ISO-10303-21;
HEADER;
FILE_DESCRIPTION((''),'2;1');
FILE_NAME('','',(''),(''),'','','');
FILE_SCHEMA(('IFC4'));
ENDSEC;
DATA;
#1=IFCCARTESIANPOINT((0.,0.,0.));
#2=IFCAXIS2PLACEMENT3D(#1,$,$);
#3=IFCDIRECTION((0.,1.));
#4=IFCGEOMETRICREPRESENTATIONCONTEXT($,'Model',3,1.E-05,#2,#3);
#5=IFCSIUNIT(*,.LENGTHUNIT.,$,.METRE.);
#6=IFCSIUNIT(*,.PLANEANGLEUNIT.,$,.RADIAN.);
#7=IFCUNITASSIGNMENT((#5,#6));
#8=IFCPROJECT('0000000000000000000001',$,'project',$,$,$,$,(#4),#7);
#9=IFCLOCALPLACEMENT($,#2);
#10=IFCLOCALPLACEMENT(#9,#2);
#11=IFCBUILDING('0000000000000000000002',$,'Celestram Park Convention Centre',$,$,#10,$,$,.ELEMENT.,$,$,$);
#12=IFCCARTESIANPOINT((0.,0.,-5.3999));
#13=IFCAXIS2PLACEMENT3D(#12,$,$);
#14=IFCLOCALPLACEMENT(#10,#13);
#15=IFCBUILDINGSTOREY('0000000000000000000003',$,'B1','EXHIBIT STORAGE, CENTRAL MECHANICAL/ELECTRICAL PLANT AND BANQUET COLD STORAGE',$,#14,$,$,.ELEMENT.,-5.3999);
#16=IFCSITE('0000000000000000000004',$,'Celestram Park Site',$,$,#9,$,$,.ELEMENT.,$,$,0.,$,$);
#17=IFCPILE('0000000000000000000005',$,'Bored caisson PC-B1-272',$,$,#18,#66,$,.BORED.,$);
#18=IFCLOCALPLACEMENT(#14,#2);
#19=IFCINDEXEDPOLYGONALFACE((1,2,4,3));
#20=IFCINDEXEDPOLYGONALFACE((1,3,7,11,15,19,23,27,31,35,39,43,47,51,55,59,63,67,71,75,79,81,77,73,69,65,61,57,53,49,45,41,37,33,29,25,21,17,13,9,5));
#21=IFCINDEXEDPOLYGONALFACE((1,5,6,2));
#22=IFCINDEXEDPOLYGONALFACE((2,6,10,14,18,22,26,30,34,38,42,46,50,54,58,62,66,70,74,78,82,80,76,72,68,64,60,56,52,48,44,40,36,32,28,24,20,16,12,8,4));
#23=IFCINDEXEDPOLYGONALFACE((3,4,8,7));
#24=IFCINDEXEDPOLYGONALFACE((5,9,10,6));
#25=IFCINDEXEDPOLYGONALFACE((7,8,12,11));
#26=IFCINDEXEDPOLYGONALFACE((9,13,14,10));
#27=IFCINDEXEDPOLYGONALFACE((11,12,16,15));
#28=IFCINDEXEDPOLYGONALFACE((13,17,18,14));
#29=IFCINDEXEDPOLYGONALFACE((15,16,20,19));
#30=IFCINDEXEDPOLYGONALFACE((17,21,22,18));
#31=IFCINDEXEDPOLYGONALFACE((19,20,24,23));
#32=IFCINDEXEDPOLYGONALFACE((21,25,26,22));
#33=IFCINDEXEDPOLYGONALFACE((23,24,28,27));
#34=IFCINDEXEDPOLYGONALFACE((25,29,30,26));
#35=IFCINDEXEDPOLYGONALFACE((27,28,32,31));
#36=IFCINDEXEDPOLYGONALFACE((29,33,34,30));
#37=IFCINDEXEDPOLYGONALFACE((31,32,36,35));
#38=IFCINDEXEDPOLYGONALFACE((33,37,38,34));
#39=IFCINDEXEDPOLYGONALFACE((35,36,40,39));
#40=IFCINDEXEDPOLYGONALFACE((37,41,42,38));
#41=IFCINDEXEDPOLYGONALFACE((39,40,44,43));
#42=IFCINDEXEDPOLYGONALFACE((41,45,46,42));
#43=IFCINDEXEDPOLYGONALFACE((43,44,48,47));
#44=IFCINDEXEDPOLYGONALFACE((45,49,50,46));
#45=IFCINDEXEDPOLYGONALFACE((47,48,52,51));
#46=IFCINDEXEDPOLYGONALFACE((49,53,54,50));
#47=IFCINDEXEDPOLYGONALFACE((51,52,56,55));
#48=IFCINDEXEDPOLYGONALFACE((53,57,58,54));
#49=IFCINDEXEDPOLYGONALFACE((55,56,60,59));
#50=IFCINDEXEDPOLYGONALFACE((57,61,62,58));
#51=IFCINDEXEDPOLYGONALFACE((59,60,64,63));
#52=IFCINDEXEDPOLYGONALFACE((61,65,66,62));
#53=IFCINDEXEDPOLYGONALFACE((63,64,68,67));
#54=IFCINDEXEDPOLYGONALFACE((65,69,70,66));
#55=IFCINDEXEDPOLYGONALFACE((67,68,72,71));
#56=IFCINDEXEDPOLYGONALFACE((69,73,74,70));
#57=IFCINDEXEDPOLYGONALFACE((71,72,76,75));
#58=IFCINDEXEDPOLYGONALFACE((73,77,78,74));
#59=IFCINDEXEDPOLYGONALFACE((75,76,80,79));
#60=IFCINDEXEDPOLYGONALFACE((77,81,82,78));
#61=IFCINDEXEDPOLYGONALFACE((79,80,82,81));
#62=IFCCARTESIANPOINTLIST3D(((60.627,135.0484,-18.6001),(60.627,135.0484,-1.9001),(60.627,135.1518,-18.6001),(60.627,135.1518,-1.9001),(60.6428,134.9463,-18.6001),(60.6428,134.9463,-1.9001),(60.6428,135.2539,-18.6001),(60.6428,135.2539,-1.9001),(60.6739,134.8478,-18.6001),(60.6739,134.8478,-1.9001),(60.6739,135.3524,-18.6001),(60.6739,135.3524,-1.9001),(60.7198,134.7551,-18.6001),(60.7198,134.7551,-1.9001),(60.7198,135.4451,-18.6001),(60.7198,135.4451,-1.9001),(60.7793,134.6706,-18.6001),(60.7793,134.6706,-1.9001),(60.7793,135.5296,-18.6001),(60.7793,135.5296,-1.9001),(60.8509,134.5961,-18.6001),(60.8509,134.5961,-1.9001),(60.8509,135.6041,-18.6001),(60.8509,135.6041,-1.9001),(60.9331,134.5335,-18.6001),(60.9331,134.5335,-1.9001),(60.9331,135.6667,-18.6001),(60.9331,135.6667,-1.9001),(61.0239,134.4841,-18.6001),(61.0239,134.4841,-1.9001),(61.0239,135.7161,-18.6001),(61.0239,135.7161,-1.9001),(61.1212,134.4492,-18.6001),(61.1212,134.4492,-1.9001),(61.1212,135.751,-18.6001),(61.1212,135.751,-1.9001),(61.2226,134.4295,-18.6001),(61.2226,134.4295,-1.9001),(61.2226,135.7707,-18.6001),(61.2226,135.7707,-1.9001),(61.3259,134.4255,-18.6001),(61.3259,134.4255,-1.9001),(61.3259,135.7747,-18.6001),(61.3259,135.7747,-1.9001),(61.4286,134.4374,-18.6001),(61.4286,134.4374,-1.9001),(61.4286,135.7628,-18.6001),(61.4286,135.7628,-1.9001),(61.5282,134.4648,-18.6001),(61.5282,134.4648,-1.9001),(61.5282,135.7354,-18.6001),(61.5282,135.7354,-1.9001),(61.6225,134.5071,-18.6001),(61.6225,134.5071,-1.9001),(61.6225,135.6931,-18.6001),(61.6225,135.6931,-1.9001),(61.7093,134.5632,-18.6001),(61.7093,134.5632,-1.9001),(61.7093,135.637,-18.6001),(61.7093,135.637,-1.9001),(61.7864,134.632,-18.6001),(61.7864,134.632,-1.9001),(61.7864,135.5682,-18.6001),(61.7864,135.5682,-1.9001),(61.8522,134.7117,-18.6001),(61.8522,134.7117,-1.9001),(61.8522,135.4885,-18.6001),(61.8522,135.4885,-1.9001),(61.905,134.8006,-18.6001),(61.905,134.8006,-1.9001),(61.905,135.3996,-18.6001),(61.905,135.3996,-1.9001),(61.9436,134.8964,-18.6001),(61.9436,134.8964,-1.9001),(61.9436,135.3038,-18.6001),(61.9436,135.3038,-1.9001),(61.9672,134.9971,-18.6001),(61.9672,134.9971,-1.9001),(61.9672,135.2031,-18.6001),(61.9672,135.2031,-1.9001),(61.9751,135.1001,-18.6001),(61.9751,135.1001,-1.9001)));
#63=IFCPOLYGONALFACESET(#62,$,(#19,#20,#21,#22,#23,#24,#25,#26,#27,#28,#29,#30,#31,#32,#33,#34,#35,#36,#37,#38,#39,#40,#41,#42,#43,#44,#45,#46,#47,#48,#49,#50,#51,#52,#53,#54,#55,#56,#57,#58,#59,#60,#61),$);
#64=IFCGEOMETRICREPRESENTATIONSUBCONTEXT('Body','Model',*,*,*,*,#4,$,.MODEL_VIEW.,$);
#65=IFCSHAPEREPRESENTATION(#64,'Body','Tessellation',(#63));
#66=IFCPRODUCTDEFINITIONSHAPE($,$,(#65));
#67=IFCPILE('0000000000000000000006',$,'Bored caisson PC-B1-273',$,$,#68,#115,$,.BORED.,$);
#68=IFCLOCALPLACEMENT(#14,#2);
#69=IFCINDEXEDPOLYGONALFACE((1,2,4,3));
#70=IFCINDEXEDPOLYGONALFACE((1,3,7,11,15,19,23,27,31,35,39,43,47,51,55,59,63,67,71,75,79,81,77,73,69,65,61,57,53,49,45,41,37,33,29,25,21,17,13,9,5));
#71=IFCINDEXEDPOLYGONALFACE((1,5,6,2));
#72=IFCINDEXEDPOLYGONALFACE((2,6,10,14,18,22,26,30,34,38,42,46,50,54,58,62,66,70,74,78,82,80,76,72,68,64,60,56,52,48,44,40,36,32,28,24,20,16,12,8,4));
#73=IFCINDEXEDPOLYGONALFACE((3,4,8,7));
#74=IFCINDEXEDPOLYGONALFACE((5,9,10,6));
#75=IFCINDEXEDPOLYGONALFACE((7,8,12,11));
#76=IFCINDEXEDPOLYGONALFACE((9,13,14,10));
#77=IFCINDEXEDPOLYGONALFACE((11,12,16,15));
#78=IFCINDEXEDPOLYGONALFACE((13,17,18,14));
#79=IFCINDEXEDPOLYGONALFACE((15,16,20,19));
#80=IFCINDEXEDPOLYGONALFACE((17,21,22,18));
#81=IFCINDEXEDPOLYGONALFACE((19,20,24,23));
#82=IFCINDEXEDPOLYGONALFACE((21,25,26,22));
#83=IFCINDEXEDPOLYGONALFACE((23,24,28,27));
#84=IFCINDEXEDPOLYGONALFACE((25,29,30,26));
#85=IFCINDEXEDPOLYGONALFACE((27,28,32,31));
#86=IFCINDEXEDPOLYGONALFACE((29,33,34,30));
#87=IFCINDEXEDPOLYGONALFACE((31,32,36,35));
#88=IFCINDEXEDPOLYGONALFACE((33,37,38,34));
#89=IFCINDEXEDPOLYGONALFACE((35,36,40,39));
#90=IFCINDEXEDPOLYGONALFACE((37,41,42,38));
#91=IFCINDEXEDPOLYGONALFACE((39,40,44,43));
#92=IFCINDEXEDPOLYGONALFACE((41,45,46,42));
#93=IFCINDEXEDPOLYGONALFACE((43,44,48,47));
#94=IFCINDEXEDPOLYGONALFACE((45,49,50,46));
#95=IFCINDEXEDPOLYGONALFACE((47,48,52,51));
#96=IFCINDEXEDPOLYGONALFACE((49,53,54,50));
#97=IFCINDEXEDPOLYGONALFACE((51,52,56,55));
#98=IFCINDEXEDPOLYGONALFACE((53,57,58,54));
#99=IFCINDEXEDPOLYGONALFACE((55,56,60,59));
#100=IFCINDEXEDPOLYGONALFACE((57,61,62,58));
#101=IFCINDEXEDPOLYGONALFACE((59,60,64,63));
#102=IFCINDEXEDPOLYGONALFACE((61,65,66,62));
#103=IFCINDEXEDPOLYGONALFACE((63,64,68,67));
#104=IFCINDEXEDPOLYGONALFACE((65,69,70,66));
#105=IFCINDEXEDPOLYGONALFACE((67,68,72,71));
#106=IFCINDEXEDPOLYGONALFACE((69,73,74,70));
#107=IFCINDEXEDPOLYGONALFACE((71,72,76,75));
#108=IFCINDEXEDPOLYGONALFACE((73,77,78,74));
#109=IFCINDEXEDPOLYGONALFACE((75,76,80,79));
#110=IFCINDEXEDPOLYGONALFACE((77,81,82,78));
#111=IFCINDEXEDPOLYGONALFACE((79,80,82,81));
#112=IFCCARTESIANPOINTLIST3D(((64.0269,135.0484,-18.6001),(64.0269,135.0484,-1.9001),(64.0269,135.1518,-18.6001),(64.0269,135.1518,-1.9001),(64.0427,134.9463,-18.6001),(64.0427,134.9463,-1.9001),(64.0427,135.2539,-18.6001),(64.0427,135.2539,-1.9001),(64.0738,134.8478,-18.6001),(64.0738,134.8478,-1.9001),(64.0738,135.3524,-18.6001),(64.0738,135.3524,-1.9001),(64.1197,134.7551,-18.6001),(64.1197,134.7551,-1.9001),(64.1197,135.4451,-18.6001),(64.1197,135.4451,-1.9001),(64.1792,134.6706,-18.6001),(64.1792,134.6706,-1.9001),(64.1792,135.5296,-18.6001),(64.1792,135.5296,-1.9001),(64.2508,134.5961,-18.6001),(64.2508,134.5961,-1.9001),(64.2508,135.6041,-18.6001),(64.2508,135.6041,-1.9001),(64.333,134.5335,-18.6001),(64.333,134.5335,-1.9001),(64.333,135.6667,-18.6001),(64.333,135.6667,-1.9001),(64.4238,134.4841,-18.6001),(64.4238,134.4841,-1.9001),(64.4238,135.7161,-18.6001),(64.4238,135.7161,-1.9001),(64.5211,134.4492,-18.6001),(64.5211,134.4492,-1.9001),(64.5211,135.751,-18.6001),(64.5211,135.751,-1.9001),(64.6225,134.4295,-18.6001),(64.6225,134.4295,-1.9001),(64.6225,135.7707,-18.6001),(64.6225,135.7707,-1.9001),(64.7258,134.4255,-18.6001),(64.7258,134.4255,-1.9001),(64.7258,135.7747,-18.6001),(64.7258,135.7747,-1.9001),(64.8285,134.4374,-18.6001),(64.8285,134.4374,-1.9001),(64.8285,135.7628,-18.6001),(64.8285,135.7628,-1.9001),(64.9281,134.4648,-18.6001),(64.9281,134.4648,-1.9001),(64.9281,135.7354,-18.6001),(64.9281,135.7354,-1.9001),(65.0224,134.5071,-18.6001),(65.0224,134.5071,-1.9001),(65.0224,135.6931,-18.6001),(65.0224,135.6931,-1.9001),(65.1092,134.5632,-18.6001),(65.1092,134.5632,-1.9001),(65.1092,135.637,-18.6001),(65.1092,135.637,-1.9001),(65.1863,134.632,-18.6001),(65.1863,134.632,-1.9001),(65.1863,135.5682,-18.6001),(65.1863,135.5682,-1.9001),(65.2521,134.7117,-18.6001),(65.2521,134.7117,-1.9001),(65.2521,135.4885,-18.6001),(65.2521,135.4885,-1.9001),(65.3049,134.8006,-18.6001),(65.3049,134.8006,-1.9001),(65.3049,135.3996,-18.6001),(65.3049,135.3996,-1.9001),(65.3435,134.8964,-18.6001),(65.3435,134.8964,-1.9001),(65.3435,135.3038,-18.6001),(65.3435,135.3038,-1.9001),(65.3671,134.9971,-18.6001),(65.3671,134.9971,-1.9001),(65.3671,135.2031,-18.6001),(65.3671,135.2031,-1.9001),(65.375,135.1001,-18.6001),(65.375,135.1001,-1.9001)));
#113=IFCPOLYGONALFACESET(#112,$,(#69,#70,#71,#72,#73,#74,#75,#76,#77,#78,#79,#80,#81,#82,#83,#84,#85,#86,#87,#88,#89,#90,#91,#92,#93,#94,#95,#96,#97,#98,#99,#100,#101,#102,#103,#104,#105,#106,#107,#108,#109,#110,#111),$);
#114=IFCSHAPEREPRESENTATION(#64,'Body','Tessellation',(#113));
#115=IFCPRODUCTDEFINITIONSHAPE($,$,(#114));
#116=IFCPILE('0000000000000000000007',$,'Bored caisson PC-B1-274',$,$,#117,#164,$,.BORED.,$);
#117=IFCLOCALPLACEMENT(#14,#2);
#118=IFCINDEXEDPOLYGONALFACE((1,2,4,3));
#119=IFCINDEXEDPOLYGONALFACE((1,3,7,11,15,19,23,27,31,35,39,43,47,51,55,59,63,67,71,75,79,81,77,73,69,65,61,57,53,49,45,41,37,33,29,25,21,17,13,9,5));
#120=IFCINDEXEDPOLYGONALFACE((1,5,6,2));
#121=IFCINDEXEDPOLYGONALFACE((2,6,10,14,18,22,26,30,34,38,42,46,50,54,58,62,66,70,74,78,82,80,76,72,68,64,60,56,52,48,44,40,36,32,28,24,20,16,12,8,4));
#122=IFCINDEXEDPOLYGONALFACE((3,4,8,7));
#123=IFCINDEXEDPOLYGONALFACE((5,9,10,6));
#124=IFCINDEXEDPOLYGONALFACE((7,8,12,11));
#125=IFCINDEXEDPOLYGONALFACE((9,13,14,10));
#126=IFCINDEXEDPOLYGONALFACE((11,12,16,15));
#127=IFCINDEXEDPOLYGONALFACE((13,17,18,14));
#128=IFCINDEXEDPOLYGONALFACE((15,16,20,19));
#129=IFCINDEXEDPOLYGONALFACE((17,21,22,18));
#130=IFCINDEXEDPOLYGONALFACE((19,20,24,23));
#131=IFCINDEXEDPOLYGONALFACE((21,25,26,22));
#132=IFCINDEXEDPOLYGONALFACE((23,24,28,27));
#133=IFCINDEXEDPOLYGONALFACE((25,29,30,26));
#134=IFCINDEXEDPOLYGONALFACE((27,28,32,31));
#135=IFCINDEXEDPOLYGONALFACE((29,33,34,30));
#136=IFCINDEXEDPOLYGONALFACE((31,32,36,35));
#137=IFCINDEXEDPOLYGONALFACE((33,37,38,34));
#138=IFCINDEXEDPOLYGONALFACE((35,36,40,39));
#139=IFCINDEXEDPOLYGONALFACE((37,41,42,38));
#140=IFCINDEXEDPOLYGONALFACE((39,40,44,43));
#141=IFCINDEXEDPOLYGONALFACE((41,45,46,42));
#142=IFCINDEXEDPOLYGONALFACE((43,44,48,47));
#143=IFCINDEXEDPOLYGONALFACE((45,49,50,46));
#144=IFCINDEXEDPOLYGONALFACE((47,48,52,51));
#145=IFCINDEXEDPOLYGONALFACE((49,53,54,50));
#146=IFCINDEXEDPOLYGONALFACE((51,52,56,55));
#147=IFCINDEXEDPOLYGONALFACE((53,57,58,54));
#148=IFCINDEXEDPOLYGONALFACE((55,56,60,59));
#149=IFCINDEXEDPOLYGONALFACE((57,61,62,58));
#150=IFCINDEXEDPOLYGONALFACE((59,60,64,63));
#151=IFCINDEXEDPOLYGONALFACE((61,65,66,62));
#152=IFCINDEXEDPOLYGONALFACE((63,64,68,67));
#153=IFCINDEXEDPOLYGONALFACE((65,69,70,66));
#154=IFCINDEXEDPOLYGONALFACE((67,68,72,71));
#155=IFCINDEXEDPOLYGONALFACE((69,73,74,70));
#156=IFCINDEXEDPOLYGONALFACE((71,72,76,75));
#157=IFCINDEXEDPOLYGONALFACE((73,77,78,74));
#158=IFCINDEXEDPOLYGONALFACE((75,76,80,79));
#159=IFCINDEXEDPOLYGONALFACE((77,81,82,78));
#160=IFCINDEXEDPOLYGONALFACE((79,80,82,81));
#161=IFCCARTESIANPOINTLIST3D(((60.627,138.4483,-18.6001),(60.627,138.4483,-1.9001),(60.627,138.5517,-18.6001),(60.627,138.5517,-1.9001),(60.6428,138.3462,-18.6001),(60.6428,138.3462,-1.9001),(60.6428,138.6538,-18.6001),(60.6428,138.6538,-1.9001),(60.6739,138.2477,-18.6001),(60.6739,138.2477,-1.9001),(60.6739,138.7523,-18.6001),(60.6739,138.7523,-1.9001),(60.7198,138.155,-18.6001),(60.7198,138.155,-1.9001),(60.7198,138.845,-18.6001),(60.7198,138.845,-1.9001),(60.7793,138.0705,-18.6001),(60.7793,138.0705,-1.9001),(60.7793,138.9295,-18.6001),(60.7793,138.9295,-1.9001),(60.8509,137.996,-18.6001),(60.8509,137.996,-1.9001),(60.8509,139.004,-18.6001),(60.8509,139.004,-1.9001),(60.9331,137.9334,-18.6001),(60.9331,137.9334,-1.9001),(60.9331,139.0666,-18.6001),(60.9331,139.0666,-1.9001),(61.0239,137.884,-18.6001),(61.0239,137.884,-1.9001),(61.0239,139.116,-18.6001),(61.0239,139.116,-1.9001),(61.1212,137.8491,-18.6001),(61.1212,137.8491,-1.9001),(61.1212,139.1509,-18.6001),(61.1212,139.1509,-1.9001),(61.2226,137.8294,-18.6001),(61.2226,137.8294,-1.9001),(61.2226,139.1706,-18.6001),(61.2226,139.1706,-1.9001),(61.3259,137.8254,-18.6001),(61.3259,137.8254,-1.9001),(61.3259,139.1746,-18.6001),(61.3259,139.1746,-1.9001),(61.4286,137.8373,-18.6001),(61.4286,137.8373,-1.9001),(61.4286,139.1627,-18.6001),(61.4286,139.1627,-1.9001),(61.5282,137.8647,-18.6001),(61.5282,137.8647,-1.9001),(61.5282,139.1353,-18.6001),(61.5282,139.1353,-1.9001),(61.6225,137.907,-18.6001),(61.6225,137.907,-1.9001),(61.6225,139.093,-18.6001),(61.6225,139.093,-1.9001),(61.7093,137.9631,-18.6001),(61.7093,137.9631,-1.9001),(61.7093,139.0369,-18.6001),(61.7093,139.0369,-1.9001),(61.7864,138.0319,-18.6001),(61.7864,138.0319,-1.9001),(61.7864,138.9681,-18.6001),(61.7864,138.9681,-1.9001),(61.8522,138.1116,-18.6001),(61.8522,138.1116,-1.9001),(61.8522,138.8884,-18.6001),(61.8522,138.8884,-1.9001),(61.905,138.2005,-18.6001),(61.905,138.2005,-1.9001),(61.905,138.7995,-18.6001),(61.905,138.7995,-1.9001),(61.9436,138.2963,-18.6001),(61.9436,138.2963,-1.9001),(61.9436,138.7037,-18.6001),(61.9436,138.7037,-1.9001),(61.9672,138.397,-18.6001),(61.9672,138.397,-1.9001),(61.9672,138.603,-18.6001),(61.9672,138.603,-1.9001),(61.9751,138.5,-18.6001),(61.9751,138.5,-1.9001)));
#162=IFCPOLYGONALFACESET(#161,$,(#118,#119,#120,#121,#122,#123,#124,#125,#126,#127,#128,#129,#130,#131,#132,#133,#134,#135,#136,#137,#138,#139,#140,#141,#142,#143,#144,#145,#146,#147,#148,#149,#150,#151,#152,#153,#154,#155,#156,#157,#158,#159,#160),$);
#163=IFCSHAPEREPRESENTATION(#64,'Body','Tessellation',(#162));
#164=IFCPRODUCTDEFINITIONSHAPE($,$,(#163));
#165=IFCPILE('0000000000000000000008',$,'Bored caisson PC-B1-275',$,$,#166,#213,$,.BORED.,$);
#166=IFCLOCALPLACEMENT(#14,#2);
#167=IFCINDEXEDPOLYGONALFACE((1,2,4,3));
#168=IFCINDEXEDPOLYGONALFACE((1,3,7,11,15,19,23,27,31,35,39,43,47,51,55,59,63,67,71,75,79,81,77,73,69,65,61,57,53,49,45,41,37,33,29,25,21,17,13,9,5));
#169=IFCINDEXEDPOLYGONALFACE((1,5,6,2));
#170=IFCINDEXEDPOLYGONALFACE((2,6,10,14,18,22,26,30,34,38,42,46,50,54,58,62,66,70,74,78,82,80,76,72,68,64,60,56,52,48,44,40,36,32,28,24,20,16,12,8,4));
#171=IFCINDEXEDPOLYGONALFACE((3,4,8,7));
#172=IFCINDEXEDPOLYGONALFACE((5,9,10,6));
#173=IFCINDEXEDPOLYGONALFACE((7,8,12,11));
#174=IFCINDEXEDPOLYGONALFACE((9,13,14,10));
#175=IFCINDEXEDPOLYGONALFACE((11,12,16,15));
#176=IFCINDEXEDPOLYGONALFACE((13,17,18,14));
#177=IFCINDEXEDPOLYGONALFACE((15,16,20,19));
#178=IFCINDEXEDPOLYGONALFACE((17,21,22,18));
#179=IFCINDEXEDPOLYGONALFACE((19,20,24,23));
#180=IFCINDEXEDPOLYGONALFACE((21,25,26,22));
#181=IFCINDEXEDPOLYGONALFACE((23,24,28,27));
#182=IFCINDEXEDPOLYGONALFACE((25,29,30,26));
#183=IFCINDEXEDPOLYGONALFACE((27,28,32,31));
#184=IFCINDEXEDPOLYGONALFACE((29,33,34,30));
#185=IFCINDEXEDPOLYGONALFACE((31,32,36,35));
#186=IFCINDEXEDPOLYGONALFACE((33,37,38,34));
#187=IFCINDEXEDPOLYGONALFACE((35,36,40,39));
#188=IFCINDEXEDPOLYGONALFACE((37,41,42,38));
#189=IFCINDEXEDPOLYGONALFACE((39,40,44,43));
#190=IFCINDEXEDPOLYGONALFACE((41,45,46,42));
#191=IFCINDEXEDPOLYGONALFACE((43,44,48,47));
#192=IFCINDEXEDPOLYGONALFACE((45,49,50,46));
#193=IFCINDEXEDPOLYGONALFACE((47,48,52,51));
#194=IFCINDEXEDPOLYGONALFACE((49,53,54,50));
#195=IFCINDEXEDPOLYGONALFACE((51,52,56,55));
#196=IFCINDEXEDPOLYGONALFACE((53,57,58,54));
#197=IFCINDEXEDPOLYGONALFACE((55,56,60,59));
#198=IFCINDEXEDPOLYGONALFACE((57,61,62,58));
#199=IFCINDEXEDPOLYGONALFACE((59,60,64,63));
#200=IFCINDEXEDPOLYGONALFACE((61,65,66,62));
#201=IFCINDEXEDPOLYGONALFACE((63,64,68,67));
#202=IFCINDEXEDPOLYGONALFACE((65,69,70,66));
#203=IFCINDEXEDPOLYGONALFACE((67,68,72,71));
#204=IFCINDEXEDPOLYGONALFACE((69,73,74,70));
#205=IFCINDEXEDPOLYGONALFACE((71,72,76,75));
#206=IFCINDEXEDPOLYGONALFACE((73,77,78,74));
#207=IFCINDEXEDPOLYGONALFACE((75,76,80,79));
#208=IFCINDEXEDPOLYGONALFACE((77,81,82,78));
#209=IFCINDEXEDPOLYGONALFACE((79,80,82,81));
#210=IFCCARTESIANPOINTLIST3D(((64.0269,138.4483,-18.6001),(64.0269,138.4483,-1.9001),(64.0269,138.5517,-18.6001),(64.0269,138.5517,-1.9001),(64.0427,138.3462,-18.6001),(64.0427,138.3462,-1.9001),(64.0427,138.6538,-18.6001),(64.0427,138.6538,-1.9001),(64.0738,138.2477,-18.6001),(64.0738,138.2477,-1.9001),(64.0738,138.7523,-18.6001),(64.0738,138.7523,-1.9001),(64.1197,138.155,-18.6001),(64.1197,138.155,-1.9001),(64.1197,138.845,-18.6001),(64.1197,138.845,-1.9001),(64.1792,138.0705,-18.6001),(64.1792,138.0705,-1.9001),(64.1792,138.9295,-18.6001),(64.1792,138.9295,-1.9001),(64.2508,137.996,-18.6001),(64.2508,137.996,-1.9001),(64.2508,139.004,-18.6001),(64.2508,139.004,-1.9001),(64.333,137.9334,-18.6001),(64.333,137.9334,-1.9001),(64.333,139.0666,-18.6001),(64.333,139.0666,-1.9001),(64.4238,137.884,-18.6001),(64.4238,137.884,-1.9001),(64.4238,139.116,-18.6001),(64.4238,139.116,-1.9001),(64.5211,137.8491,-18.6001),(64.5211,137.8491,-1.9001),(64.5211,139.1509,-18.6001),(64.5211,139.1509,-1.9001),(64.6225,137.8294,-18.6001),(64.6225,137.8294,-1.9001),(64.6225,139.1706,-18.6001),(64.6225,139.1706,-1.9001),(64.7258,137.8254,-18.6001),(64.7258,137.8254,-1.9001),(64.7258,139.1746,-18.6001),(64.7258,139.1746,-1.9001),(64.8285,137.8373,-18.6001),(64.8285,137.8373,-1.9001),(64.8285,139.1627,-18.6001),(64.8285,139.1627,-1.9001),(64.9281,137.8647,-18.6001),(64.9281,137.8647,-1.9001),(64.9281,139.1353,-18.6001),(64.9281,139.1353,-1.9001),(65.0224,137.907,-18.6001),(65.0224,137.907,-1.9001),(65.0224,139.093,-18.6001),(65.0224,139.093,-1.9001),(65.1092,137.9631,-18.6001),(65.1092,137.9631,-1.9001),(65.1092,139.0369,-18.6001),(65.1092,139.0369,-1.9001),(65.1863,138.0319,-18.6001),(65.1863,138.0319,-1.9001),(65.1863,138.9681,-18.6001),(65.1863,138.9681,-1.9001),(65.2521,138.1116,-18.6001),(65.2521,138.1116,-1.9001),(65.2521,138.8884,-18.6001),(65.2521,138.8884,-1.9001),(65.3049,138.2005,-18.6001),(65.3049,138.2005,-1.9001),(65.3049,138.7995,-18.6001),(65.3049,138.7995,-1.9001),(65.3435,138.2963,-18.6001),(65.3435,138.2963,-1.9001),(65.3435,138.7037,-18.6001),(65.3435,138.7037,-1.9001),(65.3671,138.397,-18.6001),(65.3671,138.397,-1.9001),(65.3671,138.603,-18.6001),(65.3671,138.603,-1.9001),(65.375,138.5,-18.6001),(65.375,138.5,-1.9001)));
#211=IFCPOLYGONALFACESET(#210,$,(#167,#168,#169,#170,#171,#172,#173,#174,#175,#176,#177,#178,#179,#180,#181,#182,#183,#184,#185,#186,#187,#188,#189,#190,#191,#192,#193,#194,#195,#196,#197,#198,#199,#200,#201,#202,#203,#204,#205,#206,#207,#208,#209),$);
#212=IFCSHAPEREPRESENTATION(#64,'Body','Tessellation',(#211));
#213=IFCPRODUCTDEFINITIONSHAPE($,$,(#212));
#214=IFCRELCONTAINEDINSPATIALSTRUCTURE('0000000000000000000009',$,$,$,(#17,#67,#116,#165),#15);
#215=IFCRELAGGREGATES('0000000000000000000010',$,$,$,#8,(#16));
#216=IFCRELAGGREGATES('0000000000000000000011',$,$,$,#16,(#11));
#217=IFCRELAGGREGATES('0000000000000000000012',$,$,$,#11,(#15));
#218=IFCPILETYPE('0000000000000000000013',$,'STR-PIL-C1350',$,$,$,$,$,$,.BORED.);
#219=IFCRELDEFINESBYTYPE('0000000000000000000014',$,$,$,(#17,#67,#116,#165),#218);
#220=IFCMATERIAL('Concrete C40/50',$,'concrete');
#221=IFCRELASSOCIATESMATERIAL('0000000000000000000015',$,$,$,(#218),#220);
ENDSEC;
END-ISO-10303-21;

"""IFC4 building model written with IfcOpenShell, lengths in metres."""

from ifc_helpers import new_model, si_unit, direction, frame, origin, origin_2d, place, context, subcontext, project, spatial, circle, extrude, material, material_profile, profile_set, type_object, element, save


model = new_model("IFC4")

# Units and contexts
model_context = context("Model", 3, precision=1e-05, world=origin(), true_north=direction((0.0, 1.0)))
body_context = subcontext(model_context, "Body", "Model", "MODEL_VIEW")
ifc_project = project(units=[si_unit("LENGTHUNIT", "METRE"), si_unit("PLANEANGLEUNIT", "RADIAN")], contexts=[model_context])

# Site, building, storey
site_placement = place(None, origin())
site = spatial("IfcSite", under=ifc_project, at=site_placement, Name="Celestram Park Site", CompositionType="ELEMENT", RefElevation=0.0)
building_placement = place(site_placement, origin())
building = spatial("IfcBuilding", under=site, at=building_placement, Name="Celestram Park Convention Centre", CompositionType="ELEMENT")
storey_placement = place(building_placement, frame((0.0, 0.0, -5.3999)))
storey = spatial("IfcBuildingStorey", under=building, at=storey_placement, Name="B1", Description="EXHIBIT STORAGE, CENTRAL MECHANICAL/ELECTRICAL PLANT AND BANQUET COLD STORAGE", CompositionType="ELEMENT", Elevation=-5.3999)

# Shared definitions
ifc_material_1 = material(Name="Concrete C40/50", Category="concrete")

# Piles
ifc_material_profile_1 = material_profile(ifc_material_1, circle(Radius=0.675, at=origin_2d()), Name="CAISSON1350")
ifc_profile_set_1 = profile_set([ifc_material_profile_1], Name="Concrete C40/50")
pile_type = type_object("IfcPileType", Name="STR-PIL-C1350", PredefinedType="BORED", material=ifc_profile_set_1)
for number, where, z_axis, x_axis, name in (
    (1, (61.3, 135.1001, -1.9001), (0.0, 0.0, -1.0), (1.0, 0.0, 0.0), "Bored caisson PC-B1-272"),
    (2, (64.7, 135.1001, -1.9001), (0.0, 0.0, -1.0), (1.0, 0.0, 0.0), "Bored caisson PC-B1-273"),
    (3, (61.3, 138.5, -1.9001), (0.0, 0.0, -1.0), (1.0, 0.0, 0.0), "Bored caisson PC-B1-274"),
    (4, (64.7, 138.5, -1.9001), (0.0, 0.0, -1.0), (1.0, 0.0, 0.0), "Bored caisson PC-B1-275"),
):
    element("IfcPile", number, at=place(storey_placement, frame(where, z_axis=z_axis, x_axis=x_axis)), inside=storey, type_object=pile_type, Name=name, PredefinedType="BORED", context=body_context, shape_type="SweptSolid", body=[
        extrude(circle(Radius=0.675, at=origin_2d()), origin(), (0.0, 0.0, 1.0), 16.7),
    ])

save(model, "model.ifc")
